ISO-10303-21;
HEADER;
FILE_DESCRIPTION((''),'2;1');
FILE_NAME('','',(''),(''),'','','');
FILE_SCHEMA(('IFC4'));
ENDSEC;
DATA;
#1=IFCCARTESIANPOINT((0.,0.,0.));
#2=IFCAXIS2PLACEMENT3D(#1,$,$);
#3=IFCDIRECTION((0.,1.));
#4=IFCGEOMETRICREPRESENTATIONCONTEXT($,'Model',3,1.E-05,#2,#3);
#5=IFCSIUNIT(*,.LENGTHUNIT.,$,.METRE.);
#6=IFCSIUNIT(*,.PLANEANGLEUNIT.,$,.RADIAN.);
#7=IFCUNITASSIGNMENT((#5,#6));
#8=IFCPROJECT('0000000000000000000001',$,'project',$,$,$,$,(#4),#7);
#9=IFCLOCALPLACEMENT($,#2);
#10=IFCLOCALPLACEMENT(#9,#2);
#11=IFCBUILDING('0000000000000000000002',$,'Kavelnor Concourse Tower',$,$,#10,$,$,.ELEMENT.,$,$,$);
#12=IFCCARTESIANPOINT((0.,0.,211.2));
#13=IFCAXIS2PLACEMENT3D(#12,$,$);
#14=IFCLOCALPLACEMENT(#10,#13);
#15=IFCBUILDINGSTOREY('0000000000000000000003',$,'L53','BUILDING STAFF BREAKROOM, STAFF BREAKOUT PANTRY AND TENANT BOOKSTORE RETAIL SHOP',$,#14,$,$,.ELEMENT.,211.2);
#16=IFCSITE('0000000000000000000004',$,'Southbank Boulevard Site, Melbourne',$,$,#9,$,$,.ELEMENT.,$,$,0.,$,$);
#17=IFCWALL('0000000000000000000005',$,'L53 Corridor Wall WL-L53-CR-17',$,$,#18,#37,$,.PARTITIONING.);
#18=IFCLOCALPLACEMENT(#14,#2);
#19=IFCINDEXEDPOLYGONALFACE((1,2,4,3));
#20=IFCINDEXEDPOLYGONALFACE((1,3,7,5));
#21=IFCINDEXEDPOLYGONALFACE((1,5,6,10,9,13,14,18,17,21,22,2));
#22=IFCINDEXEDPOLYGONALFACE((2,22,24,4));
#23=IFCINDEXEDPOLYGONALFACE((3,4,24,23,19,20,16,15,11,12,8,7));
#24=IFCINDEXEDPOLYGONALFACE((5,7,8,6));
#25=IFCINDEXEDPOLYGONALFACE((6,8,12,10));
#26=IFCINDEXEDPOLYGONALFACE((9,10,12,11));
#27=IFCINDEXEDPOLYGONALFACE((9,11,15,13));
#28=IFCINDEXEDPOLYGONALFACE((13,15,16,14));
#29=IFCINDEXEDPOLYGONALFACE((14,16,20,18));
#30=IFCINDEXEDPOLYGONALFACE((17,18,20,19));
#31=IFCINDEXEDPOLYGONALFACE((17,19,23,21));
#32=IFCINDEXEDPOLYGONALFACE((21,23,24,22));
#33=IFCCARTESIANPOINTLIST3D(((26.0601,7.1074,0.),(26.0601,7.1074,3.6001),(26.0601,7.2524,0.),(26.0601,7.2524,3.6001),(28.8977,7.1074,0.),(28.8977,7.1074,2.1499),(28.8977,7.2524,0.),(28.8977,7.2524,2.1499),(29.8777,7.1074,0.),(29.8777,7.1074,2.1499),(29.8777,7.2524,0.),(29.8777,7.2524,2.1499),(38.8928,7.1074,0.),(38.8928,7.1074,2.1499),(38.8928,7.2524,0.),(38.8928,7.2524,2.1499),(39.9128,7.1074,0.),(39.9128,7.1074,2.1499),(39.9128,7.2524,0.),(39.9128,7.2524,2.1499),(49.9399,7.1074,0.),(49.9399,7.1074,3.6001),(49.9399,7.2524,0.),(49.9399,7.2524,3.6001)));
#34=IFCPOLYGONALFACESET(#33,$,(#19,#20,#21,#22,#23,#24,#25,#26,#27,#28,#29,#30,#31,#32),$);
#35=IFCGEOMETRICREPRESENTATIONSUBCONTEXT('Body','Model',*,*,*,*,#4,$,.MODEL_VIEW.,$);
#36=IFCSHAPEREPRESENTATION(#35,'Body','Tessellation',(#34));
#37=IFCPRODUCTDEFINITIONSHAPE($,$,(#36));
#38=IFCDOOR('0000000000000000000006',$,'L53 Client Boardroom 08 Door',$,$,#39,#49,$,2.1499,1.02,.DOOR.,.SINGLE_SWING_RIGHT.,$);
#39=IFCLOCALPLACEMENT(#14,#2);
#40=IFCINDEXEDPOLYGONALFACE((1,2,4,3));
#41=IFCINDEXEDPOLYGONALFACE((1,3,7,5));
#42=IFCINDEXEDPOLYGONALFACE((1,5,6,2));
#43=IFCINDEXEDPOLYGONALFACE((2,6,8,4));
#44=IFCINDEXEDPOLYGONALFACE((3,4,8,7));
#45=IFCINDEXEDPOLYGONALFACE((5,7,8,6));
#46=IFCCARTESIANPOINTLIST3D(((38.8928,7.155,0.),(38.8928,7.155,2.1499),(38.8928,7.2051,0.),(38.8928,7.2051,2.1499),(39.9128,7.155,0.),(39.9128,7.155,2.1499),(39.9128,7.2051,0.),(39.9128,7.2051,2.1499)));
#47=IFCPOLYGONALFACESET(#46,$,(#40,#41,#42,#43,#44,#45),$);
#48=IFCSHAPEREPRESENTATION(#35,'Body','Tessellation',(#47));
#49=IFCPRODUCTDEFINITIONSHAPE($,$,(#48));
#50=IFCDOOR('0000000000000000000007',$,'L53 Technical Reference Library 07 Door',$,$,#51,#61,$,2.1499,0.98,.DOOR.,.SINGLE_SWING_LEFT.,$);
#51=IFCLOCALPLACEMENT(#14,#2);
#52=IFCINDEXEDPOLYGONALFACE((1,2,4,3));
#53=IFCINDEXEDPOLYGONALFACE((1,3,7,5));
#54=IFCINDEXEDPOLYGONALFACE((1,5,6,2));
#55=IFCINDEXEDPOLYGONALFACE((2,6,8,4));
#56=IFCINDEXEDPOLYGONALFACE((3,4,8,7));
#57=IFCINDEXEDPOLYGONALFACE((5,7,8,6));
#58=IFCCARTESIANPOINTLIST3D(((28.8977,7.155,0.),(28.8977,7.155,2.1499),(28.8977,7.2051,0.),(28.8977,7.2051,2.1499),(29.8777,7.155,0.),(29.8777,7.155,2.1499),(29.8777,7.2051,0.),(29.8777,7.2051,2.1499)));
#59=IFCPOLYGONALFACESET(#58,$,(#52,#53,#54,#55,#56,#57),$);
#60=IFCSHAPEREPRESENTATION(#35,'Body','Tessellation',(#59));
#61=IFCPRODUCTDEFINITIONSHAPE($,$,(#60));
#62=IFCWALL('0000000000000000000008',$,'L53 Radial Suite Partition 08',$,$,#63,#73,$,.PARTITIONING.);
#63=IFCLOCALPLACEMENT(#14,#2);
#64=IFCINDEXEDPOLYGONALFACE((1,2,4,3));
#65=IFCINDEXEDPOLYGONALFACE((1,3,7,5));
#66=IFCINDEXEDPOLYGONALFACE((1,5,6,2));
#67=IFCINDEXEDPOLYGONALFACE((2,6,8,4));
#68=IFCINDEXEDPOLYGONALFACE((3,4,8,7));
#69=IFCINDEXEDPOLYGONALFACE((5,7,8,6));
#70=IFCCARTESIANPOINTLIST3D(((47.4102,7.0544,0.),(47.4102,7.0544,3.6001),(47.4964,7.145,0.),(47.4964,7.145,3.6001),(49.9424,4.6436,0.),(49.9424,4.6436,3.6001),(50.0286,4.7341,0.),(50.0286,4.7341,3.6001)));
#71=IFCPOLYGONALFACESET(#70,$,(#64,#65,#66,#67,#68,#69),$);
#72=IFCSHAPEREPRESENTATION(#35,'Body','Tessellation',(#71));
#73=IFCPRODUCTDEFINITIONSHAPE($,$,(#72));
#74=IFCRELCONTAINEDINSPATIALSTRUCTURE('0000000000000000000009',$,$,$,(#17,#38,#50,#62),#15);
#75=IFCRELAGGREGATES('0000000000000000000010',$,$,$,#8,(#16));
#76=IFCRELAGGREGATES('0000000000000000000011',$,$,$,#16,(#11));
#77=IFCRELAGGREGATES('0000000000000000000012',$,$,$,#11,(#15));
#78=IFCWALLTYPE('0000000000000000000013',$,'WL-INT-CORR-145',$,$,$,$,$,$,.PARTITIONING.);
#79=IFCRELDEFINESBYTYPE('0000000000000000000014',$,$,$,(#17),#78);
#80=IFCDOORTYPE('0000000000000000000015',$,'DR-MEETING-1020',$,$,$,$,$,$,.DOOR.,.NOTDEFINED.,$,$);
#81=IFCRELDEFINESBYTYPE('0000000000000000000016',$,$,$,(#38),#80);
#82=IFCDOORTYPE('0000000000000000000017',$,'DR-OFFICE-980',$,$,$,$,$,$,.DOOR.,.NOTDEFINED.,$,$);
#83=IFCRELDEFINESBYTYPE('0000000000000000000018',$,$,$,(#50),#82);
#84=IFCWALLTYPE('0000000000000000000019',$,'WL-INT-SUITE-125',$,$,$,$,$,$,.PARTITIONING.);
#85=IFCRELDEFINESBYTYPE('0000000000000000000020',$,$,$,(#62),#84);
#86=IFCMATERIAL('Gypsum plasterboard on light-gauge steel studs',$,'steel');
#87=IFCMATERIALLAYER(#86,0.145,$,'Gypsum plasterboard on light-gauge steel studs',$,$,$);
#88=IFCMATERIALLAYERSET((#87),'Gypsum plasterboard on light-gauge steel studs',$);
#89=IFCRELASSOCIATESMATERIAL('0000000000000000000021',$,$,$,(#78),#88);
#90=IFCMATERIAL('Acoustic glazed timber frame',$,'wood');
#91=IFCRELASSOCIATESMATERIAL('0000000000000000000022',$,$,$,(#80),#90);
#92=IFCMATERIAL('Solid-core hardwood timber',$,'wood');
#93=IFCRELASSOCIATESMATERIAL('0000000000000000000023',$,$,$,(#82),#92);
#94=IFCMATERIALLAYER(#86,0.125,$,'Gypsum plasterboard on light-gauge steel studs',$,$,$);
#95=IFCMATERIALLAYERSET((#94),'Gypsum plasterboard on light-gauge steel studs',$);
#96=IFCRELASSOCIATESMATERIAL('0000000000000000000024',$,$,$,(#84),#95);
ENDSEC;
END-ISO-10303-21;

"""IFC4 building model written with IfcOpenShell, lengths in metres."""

from ifc_helpers import new_model, si_unit, direction, frame, frame_2d, origin, place, context, subcontext, project, spatial, rectangle, extrude, material, layer, layer_set, type_object, element, fill, save


model = new_model("IFC4")

# Units and contexts
model_context = context("Model", 3, precision=1e-05, world=origin(), true_north=direction((0.0, 1.0)))
body_context = subcontext(model_context, "Body", "Model", "MODEL_VIEW")
ifc_project = project(units=[si_unit("LENGTHUNIT", "METRE"), si_unit("PLANEANGLEUNIT", "RADIAN")], contexts=[model_context])

# Site, building, storey
site_placement = place(None, origin())
site = spatial("IfcSite", under=ifc_project, at=site_placement, Name="Southbank Boulevard Site, Melbourne", CompositionType="ELEMENT", RefElevation=0.0)
building_placement = place(site_placement, origin())
building = spatial("IfcBuilding", under=site, at=building_placement, Name="Kavelnor Concourse Tower", CompositionType="ELEMENT")
storey_placement = place(building_placement, frame((0.0, 0.0, 211.2)))
storey = spatial("IfcBuildingStorey", under=building, at=storey_placement, Name="L53", Description="BUILDING STAFF BREAKROOM, STAFF BREAKOUT PANTRY AND TENANT BOOKSTORE RETAIL SHOP", CompositionType="ELEMENT", Elevation=211.2)

# Wall, openings, doors
ifc_material_1 = material(Name="Gypsum plasterboard on light-gauge steel studs", Category="steel")
ifc_layer_1 = layer(ifc_material_1, 0.145, Name="Gypsum plasterboard on light-gauge steel studs")
ifc_layer_set_1 = layer_set([ifc_layer_1], Name="Gypsum plasterboard on light-gauge steel studs")
wall_type_1 = type_object("IfcWallType", Name="WL-INT-CORR-145", PredefinedType="PARTITIONING", material=ifc_layer_set_1)
wall_1_placement = place(storey_placement, frame((49.9399, 7.1799, 0.0), z_axis=(0.0, 0.0, 1.0), x_axis=(-1.0, 0.0, 0.0)))
wall_1 = element("IfcWall", 1, at=wall_1_placement, inside=storey, type_object=wall_type_1, Name="L53 Corridor Wall WL-L53-CR-17", PredefinedType="PARTITIONING", context=body_context, shape_type="SweptSolid", body=[
    extrude(rectangle(XDim=23.8799, YDim=0.145, at=frame_2d((11.9399, 0.0))), origin(), (0.0, 0.0, 1.0), 3.6001),
])
opening_1_placement = place(wall_1_placement, frame((20.0623, 0.0, 0.0)))
opening_1 = element("IfcOpeningElement", 2, at=opening_1_placement, cuts=wall_1, PredefinedType="OPENING", context=body_context, shape_type="SweptSolid", body=[
    extrude(rectangle(XDim=0.98, YDim=2.1499, at=frame_2d((0.49, 1.075))), frame((0.0, 0.0825, 0.0), z_axis=(0.0, -1.0, 0.0), x_axis=(1.0, 0.0, 0.0)), (0.0, 0.0, 1.0), 0.165),
])
opening_2_placement = place(wall_1_placement, frame((10.0271, 0.0, 0.0)))
opening_2 = element("IfcOpeningElement", 3, at=opening_2_placement, cuts=wall_1, PredefinedType="OPENING", context=body_context, shape_type="SweptSolid", body=[
    extrude(rectangle(XDim=1.02, YDim=2.1499, at=frame_2d((0.51, 1.075))), frame((0.0, 0.0825, 0.0), z_axis=(0.0, -1.0, 0.0), x_axis=(1.0, 0.0, 0.0)), (0.0, 0.0, 1.0), 0.165),
])
ifc_material_2 = material(Name="Acoustic glazed timber frame", Category="wood")
door_type_1 = type_object("IfcDoorType", Name="DR-MEETING-1020", OperationType="NOTDEFINED", PredefinedType="DOOR", material=ifc_material_2)
door_1_placement = place(opening_2_placement, origin())
door_1 = element("IfcDoor", 4, at=door_1_placement, inside=storey, type_object=door_type_1, Name="L53 Client Boardroom 08 Door", OperationType="SINGLE_SWING_RIGHT", OverallHeight=2.1499, OverallWidth=1.02, PredefinedType="DOOR", context=body_context, shape_type="SweptSolid", body=[
    extrude(rectangle(XDim=1.02, YDim=2.1499, at=frame_2d((0.51, 1.075))), frame((0.0, 0.0249, 0.0), z_axis=(0.0, -1.0, 0.0), x_axis=(1.0, 0.0, 0.0)), (0.0, 0.0, 1.0), 0.05),
])
fill(opening_2, door_1)
ifc_material_3 = material(Name="Solid-core hardwood timber", Category="wood")
door_type_2 = type_object("IfcDoorType", Name="DR-OFFICE-980", OperationType="NOTDEFINED", PredefinedType="DOOR", material=ifc_material_3)
door_2_placement = place(opening_1_placement, origin())
door_2 = element("IfcDoor", 5, at=door_2_placement, inside=storey, type_object=door_type_2, Name="L53 Technical Reference Library 07 Door", OperationType="SINGLE_SWING_LEFT", OverallHeight=2.1499, OverallWidth=0.98, PredefinedType="DOOR", context=body_context, shape_type="SweptSolid", body=[
    extrude(rectangle(XDim=0.98, YDim=2.1499, at=frame_2d((0.49, 1.075))), frame((0.0, 0.0249, 0.0), z_axis=(0.0, -1.0, 0.0), x_axis=(1.0, 0.0, 0.0)), (0.0, 0.0, 1.0), 0.05),
])
fill(opening_1, door_2)

# Wall
ifc_layer_2 = layer(ifc_material_1, 0.125, Name="Gypsum plasterboard on light-gauge steel studs")
ifc_layer_set_2 = layer_set([ifc_layer_2], Name="Gypsum plasterboard on light-gauge steel studs")
wall_type_2 = type_object("IfcWallType", Name="WL-INT-SUITE-125", PredefinedType="PARTITIONING", material=ifc_layer_set_2)
wall_2_placement = place(storey_placement, frame((47.4534, 7.0996, 0.0), z_axis=(0.0, 0.0, 1.0), x_axis=(0.724246, -0.689542, 0.0)))
element("IfcWall", 6, at=wall_2_placement, inside=storey, type_object=wall_type_2, Name="L53 Radial Suite Partition 08", PredefinedType="PARTITIONING", context=body_context, shape_type="SweptSolid", body=[
    extrude(rectangle(XDim=3.4963, YDim=0.125, at=frame_2d((1.748, 0.0))), origin(), (0.0, 0.0, 1.0), 3.6001),
])

save(model, "model.ifc")
